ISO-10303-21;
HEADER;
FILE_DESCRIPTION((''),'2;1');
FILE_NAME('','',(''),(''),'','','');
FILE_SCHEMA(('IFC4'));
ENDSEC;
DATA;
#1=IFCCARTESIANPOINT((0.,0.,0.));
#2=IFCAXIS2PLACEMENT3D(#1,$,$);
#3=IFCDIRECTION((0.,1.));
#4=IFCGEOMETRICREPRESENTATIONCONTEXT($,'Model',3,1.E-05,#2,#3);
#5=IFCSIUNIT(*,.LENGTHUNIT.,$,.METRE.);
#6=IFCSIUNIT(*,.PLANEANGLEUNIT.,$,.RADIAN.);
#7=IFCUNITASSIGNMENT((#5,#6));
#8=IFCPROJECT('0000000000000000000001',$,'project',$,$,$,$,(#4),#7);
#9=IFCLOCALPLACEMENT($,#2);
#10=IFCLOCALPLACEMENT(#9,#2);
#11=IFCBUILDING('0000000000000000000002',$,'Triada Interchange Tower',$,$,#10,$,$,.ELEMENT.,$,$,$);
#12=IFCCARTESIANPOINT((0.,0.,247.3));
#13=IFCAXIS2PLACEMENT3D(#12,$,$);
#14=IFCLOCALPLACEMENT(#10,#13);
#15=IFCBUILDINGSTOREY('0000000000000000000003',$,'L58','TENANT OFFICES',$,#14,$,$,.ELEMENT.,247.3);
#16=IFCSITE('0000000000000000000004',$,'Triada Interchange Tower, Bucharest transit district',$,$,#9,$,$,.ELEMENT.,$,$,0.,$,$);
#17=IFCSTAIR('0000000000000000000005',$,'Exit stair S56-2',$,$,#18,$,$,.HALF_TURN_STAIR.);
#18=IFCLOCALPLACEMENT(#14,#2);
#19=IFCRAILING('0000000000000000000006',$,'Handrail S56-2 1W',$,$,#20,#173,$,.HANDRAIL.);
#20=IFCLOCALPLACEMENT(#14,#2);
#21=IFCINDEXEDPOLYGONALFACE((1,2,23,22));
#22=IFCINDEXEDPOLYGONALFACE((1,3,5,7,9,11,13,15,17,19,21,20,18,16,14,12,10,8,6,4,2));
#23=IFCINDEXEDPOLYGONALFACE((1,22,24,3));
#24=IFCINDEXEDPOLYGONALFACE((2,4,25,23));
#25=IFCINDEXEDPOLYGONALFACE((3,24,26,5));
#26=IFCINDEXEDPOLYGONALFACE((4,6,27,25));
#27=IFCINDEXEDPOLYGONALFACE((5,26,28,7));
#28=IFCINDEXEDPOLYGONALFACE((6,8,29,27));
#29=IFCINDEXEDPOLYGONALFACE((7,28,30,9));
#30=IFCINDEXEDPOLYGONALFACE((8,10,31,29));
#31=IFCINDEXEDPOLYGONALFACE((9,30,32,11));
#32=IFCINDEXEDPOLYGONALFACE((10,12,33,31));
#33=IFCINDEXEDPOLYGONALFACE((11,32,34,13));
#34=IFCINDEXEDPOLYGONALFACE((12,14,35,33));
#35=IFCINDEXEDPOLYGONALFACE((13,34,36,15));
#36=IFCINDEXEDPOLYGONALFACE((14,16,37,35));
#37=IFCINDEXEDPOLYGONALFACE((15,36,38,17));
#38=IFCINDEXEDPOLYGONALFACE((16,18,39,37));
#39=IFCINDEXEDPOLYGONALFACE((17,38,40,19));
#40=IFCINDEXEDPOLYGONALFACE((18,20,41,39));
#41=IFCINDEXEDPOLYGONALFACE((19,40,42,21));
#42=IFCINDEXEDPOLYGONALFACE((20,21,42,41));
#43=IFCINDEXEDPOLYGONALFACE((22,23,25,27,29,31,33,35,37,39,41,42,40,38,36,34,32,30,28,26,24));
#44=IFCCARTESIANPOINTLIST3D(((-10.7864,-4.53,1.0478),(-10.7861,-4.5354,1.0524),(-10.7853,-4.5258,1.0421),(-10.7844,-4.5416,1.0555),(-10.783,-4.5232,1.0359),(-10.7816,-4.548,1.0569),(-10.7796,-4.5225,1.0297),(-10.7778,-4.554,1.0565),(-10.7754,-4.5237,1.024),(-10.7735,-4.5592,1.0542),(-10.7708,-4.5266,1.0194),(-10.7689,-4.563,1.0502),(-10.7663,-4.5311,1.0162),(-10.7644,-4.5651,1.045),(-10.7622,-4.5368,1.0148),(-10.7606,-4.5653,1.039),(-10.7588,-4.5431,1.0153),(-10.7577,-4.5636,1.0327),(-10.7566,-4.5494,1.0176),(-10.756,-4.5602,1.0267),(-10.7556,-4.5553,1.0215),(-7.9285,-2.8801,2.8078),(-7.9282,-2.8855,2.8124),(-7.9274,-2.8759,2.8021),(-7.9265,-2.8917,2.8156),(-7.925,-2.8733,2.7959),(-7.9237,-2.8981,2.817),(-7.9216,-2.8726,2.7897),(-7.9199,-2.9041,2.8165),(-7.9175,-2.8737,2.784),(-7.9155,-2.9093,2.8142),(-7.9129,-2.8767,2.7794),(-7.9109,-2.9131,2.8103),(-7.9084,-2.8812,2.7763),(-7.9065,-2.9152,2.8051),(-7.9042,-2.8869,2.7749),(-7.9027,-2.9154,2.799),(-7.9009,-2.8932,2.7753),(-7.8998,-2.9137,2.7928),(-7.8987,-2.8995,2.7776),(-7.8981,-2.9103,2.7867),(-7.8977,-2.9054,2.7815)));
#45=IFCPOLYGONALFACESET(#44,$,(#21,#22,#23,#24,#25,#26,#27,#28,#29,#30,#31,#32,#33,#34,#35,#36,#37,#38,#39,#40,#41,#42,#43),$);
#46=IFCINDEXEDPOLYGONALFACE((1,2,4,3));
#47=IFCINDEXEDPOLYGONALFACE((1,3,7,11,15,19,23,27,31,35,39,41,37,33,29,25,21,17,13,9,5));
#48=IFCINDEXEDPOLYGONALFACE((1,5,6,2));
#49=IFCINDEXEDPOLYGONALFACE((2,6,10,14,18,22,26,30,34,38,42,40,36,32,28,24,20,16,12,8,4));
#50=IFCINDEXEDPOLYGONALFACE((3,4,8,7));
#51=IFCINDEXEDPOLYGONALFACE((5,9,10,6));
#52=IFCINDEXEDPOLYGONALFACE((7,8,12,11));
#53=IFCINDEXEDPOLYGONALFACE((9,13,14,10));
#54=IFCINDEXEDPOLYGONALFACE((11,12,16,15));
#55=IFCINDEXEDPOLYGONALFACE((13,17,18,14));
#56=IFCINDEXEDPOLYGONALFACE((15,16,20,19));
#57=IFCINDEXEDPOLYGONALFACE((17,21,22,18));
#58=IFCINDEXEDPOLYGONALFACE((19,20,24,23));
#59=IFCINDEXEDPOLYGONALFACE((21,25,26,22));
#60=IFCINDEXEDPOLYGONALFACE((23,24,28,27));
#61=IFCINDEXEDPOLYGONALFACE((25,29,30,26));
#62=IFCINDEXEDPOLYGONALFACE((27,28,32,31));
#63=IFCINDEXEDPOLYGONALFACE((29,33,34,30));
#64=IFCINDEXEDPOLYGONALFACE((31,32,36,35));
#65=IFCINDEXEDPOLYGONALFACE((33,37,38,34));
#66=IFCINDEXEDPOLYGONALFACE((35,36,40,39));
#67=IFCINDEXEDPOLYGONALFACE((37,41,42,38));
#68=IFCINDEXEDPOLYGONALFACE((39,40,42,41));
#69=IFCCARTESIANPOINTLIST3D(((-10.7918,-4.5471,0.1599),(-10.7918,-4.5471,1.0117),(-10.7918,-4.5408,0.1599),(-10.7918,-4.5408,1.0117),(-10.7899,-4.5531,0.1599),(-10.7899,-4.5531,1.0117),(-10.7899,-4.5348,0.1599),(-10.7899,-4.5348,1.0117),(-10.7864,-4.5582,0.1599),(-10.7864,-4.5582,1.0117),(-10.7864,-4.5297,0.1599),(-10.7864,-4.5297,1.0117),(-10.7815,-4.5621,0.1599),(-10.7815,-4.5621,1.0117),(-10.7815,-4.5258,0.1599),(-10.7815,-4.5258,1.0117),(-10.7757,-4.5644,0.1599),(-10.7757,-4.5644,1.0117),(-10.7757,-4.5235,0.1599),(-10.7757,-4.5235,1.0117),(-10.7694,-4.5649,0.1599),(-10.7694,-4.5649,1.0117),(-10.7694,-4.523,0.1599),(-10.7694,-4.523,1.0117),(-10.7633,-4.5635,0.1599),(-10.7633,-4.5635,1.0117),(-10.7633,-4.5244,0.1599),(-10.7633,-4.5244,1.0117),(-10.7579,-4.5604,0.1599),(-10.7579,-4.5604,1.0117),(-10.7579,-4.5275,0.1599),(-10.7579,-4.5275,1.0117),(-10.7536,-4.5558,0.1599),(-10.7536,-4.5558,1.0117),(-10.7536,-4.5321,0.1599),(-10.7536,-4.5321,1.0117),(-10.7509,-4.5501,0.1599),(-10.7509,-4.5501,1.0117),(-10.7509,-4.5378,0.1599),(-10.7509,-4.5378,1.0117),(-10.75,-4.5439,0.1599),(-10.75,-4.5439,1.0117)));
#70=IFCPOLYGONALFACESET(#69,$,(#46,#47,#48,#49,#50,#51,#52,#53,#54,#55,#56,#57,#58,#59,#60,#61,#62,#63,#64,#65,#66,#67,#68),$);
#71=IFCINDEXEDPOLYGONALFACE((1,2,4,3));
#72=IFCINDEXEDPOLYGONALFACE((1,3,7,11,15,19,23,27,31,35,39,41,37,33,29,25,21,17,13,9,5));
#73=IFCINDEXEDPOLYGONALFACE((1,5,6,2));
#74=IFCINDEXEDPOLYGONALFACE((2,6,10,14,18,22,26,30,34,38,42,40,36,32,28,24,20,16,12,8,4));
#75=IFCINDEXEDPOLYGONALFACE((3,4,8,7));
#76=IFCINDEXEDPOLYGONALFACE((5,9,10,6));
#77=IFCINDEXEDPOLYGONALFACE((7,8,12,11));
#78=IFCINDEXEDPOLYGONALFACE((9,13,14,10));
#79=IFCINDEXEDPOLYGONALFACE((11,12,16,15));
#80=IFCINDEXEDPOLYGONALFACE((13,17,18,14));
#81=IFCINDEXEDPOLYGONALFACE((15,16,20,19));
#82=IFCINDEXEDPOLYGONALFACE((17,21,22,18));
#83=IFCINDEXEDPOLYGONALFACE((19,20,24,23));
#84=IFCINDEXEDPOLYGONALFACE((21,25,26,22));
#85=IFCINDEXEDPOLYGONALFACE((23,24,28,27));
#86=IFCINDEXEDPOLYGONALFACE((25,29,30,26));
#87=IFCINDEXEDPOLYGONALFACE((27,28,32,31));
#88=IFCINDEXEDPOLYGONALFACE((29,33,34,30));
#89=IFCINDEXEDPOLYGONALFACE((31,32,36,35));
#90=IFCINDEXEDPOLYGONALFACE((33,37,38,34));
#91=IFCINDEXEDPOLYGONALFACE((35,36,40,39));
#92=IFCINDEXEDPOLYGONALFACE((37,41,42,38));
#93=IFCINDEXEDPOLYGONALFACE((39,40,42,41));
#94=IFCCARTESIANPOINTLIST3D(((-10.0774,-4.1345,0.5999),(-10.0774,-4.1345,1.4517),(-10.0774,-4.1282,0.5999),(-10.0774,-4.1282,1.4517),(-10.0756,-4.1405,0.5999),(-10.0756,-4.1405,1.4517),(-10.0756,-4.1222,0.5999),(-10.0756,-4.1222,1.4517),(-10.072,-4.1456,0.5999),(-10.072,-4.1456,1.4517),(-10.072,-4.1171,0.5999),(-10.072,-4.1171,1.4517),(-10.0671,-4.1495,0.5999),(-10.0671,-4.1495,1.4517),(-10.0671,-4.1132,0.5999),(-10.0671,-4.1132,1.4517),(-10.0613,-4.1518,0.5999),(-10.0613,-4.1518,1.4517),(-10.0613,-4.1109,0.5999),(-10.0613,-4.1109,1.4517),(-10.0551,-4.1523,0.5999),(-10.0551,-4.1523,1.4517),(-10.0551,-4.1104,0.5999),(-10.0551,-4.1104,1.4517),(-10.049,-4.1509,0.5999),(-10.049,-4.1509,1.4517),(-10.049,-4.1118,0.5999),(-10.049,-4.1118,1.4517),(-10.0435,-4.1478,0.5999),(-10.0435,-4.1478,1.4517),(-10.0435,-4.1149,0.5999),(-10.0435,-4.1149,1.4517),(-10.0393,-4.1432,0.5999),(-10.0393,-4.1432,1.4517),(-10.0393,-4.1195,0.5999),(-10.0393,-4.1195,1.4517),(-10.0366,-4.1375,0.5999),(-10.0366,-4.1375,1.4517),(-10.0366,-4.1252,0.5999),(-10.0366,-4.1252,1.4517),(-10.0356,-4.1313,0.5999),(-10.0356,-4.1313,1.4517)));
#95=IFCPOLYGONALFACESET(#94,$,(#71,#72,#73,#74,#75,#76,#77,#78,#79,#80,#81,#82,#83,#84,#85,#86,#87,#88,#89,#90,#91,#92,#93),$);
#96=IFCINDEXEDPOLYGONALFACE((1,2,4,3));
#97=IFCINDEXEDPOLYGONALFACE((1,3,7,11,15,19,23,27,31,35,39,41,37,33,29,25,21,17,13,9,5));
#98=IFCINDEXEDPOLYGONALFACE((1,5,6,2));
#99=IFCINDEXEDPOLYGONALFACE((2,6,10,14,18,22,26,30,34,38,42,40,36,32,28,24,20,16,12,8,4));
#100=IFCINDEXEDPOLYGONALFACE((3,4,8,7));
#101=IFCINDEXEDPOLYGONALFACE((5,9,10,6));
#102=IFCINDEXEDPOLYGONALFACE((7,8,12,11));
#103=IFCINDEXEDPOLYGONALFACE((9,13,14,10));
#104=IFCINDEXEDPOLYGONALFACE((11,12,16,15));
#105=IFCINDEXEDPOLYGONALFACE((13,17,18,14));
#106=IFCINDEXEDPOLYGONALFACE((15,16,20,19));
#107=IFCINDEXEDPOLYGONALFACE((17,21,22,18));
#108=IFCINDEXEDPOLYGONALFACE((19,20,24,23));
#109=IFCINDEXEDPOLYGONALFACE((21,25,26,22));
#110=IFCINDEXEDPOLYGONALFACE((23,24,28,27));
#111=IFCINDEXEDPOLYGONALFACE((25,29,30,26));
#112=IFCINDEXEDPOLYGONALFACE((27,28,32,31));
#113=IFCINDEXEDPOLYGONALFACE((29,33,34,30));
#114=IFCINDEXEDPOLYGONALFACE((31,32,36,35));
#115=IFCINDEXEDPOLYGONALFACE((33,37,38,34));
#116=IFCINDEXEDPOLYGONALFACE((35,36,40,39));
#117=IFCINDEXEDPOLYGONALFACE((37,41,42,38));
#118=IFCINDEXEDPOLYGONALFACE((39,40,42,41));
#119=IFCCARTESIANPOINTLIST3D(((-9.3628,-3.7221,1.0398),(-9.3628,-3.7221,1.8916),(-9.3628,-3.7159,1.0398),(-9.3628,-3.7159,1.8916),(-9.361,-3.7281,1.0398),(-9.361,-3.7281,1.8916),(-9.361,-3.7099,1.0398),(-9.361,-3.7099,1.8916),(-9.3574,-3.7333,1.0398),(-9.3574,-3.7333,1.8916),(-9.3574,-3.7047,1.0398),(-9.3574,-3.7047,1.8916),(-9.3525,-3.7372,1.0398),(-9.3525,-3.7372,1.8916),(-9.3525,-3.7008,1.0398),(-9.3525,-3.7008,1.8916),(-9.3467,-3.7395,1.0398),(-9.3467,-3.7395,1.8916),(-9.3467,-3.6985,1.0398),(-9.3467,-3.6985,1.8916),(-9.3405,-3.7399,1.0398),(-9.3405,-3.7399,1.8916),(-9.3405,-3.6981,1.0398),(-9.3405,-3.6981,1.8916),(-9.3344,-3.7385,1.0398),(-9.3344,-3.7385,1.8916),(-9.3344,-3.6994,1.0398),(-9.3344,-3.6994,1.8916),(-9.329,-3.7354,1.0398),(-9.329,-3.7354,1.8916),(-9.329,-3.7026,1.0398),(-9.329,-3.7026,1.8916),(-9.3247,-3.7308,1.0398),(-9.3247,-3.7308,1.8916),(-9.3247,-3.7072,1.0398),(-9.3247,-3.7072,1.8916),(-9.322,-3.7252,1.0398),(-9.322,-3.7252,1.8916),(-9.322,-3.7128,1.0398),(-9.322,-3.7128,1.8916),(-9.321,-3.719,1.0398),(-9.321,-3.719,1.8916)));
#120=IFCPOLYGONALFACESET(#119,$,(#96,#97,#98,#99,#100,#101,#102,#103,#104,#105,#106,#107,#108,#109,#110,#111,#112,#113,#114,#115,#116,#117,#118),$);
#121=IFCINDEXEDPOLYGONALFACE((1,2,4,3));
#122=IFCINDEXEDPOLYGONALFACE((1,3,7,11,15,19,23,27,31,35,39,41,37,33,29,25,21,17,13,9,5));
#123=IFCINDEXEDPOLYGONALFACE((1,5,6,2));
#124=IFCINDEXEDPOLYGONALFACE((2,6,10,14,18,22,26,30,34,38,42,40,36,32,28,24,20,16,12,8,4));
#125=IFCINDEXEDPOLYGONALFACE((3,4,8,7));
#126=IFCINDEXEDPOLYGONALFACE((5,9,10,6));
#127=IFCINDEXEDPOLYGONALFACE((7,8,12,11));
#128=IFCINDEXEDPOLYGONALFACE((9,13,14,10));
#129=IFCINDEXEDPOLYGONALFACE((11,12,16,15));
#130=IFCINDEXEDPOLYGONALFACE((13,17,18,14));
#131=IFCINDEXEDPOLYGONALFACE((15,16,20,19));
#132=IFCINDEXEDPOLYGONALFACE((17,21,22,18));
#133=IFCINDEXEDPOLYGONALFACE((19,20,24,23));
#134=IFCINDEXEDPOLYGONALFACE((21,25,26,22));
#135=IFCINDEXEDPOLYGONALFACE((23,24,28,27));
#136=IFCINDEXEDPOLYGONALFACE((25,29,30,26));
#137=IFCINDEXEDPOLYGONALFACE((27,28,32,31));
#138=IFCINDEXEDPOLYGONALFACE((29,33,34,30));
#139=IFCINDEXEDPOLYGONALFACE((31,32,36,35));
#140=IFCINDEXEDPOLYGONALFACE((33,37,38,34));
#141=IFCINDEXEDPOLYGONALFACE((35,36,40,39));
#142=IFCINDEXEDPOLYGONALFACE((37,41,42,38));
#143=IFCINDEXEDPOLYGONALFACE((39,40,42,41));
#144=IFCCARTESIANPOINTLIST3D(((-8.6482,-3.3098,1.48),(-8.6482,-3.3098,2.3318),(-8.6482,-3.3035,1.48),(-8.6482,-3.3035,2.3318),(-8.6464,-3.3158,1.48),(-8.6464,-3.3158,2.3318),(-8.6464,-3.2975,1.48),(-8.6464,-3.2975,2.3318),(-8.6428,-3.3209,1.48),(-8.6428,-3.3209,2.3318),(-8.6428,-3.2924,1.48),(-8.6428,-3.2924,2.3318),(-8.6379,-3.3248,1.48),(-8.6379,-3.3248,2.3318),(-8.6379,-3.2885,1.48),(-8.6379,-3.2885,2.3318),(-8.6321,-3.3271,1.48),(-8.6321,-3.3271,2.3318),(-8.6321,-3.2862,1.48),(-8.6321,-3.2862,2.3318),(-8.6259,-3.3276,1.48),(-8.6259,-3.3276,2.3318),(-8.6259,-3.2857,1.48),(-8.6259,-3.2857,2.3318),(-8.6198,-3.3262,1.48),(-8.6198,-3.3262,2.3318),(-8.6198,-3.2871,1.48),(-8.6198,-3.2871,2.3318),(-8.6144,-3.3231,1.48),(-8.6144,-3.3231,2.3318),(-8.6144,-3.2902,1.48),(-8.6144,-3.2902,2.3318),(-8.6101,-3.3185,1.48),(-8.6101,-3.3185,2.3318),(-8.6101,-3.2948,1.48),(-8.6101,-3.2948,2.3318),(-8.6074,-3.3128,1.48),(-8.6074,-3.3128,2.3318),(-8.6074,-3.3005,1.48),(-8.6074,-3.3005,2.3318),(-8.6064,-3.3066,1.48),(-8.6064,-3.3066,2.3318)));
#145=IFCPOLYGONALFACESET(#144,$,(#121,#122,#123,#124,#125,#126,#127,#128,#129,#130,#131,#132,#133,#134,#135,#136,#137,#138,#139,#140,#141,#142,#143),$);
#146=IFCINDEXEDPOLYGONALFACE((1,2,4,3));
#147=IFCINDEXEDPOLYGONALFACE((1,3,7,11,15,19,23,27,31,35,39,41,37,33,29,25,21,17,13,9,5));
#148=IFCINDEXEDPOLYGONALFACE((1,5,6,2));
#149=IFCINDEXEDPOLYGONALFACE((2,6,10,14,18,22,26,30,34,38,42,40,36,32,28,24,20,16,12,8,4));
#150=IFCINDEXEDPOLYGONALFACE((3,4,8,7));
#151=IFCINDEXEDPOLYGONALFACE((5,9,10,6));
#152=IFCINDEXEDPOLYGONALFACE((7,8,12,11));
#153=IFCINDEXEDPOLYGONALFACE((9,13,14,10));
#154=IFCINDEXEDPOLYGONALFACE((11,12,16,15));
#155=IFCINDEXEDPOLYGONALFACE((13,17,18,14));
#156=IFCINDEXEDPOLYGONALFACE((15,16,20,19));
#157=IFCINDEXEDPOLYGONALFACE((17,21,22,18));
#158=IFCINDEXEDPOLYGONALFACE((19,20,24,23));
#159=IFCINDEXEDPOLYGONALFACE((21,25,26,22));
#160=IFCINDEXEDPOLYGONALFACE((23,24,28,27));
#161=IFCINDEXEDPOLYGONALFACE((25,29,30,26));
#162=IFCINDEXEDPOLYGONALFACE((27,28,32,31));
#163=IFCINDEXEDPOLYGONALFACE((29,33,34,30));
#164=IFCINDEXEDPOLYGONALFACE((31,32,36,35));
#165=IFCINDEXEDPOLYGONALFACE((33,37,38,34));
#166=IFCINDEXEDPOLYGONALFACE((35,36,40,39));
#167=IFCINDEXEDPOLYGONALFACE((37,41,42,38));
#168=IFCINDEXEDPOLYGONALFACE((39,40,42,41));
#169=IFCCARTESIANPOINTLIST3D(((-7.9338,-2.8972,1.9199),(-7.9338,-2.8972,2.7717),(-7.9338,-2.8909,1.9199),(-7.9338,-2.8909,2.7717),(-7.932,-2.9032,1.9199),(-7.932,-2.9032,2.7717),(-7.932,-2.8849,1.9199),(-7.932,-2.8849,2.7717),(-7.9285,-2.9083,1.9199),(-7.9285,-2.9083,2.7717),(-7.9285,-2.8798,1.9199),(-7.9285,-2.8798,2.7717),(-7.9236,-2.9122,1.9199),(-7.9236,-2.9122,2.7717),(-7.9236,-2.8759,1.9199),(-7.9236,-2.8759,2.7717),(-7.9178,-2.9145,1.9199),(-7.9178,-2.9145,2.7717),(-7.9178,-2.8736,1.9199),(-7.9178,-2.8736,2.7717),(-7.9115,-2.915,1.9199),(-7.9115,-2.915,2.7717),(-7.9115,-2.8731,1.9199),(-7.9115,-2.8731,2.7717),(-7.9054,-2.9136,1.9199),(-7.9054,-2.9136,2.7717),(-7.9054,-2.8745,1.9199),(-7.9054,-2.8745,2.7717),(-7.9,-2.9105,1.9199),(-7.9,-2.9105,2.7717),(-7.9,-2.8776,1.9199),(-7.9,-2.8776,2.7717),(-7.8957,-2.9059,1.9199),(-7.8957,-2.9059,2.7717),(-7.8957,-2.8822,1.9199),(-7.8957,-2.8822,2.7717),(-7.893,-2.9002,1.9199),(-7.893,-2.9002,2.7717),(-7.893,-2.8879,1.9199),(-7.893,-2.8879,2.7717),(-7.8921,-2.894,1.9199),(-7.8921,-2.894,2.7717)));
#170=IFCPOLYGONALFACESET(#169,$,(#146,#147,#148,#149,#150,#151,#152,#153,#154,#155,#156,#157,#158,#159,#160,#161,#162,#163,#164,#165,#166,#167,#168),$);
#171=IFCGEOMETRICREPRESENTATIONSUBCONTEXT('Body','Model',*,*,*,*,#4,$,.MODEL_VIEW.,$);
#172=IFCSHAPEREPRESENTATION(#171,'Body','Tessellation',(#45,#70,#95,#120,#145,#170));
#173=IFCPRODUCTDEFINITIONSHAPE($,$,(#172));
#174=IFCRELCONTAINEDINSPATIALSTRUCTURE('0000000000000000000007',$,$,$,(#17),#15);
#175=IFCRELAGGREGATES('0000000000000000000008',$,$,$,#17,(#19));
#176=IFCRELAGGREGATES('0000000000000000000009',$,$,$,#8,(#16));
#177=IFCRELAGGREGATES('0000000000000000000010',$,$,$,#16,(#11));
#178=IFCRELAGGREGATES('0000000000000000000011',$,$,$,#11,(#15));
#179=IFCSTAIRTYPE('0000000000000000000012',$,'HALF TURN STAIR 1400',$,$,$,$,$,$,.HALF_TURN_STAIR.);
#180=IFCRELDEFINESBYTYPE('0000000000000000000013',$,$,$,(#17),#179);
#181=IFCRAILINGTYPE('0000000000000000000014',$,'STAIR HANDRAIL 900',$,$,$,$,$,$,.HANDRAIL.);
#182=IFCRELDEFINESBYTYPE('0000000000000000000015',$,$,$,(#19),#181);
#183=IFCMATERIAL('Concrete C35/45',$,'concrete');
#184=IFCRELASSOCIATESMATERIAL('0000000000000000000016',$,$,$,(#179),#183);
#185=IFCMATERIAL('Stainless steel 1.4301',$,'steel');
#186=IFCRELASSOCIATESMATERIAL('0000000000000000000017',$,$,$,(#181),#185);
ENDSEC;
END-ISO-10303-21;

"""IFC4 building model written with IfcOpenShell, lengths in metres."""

from ifc_helpers import new_model, si_unit, direction, frame, origin, origin_2d, place, context, subcontext, project, spatial, circle, extrude, material, type_object, element, aggregate, save


model = new_model("IFC4")

# Units and contexts
model_context = context("Model", 3, precision=1e-05, world=origin(), true_north=direction((0.0, 1.0)))
body_context = subcontext(model_context, "Body", "Model", "MODEL_VIEW")
ifc_project = project(units=[si_unit("LENGTHUNIT", "METRE"), si_unit("PLANEANGLEUNIT", "RADIAN")], contexts=[model_context])

# Site, building, storey
site_placement = place(None, origin())
site = spatial("IfcSite", under=ifc_project, at=site_placement, Name="Triada Interchange Tower, Bucharest transit district", CompositionType="ELEMENT", RefElevation=0.0)
building_placement = place(site_placement, origin())
building = spatial("IfcBuilding", under=site, at=building_placement, Name="Triada Interchange Tower", CompositionType="ELEMENT")
storey_placement = place(building_placement, frame((0.0, 0.0, 247.3)))
storey = spatial("IfcBuildingStorey", under=building, at=storey_placement, Name="L58", Description="TENANT OFFICES", CompositionType="ELEMENT", Elevation=247.3)

# Stair, railing
ifc_material_1 = material(Name="Concrete C35/45", Category="concrete")
stair_type = type_object("IfcStairType", Name="HALF TURN STAIR 1400", PredefinedType="HALF_TURN_STAIR", material=ifc_material_1)
stair_placement = place(storey_placement, origin())
stair = element("IfcStair", 1, at=stair_placement, inside=storey, type_object=stair_type, Name="Exit stair S56-2", PredefinedType="HALF_TURN_STAIR")
ifc_material_2 = material(Name="Stainless steel 1.4301", Category="steel")
railing_type = type_object("IfcRailingType", Name="STAIR HANDRAIL 900", PredefinedType="HANDRAIL", material=ifc_material_2)
railing_1_placement = place(storey_placement, frame((-10.771, -4.5439, 0.1599)))
railing_1 = element("IfcRailing", 2, at=railing_1_placement, type_object=railing_type, Name="Handrail S56-2 1W", PredefinedType="HANDRAIL", context=body_context, shape_type="SweptSolid", body=[
    extrude(circle(Radius=0.0239, at=origin_2d()), frame((0.0, 0.0, 0.876), z_axis=(0.764151, 0.441153, 0.470593), x_axis=(-0.499974, 0.86604, 0.0)), (0.0, 0.0, 1.0), 3.74),
    extrude(circle(Radius=0.021, at=origin_2d()), origin(), (0.0, 0.0, 1.0), 0.8518),
    extrude(circle(Radius=0.021, at=origin_2d()), frame((0.7144, 0.4126, 0.4399)), (0.0, 0.0, 1.0), 0.8518),
    extrude(circle(Radius=0.021, at=origin_2d()), frame((1.429, 0.825, 0.8799)), (0.0, 0.0, 1.0), 0.8518),
    extrude(circle(Radius=0.021, at=origin_2d()), frame((2.1436, 1.2373, 1.3201)), (0.0, 0.0, 1.0), 0.8518),
    extrude(circle(Radius=0.021, at=origin_2d()), frame((2.8579, 1.6499, 1.76)), (0.0, 0.0, 1.0), 0.8518),
])
aggregate(stair, [railing_1])

save(model, "model.ifc")
